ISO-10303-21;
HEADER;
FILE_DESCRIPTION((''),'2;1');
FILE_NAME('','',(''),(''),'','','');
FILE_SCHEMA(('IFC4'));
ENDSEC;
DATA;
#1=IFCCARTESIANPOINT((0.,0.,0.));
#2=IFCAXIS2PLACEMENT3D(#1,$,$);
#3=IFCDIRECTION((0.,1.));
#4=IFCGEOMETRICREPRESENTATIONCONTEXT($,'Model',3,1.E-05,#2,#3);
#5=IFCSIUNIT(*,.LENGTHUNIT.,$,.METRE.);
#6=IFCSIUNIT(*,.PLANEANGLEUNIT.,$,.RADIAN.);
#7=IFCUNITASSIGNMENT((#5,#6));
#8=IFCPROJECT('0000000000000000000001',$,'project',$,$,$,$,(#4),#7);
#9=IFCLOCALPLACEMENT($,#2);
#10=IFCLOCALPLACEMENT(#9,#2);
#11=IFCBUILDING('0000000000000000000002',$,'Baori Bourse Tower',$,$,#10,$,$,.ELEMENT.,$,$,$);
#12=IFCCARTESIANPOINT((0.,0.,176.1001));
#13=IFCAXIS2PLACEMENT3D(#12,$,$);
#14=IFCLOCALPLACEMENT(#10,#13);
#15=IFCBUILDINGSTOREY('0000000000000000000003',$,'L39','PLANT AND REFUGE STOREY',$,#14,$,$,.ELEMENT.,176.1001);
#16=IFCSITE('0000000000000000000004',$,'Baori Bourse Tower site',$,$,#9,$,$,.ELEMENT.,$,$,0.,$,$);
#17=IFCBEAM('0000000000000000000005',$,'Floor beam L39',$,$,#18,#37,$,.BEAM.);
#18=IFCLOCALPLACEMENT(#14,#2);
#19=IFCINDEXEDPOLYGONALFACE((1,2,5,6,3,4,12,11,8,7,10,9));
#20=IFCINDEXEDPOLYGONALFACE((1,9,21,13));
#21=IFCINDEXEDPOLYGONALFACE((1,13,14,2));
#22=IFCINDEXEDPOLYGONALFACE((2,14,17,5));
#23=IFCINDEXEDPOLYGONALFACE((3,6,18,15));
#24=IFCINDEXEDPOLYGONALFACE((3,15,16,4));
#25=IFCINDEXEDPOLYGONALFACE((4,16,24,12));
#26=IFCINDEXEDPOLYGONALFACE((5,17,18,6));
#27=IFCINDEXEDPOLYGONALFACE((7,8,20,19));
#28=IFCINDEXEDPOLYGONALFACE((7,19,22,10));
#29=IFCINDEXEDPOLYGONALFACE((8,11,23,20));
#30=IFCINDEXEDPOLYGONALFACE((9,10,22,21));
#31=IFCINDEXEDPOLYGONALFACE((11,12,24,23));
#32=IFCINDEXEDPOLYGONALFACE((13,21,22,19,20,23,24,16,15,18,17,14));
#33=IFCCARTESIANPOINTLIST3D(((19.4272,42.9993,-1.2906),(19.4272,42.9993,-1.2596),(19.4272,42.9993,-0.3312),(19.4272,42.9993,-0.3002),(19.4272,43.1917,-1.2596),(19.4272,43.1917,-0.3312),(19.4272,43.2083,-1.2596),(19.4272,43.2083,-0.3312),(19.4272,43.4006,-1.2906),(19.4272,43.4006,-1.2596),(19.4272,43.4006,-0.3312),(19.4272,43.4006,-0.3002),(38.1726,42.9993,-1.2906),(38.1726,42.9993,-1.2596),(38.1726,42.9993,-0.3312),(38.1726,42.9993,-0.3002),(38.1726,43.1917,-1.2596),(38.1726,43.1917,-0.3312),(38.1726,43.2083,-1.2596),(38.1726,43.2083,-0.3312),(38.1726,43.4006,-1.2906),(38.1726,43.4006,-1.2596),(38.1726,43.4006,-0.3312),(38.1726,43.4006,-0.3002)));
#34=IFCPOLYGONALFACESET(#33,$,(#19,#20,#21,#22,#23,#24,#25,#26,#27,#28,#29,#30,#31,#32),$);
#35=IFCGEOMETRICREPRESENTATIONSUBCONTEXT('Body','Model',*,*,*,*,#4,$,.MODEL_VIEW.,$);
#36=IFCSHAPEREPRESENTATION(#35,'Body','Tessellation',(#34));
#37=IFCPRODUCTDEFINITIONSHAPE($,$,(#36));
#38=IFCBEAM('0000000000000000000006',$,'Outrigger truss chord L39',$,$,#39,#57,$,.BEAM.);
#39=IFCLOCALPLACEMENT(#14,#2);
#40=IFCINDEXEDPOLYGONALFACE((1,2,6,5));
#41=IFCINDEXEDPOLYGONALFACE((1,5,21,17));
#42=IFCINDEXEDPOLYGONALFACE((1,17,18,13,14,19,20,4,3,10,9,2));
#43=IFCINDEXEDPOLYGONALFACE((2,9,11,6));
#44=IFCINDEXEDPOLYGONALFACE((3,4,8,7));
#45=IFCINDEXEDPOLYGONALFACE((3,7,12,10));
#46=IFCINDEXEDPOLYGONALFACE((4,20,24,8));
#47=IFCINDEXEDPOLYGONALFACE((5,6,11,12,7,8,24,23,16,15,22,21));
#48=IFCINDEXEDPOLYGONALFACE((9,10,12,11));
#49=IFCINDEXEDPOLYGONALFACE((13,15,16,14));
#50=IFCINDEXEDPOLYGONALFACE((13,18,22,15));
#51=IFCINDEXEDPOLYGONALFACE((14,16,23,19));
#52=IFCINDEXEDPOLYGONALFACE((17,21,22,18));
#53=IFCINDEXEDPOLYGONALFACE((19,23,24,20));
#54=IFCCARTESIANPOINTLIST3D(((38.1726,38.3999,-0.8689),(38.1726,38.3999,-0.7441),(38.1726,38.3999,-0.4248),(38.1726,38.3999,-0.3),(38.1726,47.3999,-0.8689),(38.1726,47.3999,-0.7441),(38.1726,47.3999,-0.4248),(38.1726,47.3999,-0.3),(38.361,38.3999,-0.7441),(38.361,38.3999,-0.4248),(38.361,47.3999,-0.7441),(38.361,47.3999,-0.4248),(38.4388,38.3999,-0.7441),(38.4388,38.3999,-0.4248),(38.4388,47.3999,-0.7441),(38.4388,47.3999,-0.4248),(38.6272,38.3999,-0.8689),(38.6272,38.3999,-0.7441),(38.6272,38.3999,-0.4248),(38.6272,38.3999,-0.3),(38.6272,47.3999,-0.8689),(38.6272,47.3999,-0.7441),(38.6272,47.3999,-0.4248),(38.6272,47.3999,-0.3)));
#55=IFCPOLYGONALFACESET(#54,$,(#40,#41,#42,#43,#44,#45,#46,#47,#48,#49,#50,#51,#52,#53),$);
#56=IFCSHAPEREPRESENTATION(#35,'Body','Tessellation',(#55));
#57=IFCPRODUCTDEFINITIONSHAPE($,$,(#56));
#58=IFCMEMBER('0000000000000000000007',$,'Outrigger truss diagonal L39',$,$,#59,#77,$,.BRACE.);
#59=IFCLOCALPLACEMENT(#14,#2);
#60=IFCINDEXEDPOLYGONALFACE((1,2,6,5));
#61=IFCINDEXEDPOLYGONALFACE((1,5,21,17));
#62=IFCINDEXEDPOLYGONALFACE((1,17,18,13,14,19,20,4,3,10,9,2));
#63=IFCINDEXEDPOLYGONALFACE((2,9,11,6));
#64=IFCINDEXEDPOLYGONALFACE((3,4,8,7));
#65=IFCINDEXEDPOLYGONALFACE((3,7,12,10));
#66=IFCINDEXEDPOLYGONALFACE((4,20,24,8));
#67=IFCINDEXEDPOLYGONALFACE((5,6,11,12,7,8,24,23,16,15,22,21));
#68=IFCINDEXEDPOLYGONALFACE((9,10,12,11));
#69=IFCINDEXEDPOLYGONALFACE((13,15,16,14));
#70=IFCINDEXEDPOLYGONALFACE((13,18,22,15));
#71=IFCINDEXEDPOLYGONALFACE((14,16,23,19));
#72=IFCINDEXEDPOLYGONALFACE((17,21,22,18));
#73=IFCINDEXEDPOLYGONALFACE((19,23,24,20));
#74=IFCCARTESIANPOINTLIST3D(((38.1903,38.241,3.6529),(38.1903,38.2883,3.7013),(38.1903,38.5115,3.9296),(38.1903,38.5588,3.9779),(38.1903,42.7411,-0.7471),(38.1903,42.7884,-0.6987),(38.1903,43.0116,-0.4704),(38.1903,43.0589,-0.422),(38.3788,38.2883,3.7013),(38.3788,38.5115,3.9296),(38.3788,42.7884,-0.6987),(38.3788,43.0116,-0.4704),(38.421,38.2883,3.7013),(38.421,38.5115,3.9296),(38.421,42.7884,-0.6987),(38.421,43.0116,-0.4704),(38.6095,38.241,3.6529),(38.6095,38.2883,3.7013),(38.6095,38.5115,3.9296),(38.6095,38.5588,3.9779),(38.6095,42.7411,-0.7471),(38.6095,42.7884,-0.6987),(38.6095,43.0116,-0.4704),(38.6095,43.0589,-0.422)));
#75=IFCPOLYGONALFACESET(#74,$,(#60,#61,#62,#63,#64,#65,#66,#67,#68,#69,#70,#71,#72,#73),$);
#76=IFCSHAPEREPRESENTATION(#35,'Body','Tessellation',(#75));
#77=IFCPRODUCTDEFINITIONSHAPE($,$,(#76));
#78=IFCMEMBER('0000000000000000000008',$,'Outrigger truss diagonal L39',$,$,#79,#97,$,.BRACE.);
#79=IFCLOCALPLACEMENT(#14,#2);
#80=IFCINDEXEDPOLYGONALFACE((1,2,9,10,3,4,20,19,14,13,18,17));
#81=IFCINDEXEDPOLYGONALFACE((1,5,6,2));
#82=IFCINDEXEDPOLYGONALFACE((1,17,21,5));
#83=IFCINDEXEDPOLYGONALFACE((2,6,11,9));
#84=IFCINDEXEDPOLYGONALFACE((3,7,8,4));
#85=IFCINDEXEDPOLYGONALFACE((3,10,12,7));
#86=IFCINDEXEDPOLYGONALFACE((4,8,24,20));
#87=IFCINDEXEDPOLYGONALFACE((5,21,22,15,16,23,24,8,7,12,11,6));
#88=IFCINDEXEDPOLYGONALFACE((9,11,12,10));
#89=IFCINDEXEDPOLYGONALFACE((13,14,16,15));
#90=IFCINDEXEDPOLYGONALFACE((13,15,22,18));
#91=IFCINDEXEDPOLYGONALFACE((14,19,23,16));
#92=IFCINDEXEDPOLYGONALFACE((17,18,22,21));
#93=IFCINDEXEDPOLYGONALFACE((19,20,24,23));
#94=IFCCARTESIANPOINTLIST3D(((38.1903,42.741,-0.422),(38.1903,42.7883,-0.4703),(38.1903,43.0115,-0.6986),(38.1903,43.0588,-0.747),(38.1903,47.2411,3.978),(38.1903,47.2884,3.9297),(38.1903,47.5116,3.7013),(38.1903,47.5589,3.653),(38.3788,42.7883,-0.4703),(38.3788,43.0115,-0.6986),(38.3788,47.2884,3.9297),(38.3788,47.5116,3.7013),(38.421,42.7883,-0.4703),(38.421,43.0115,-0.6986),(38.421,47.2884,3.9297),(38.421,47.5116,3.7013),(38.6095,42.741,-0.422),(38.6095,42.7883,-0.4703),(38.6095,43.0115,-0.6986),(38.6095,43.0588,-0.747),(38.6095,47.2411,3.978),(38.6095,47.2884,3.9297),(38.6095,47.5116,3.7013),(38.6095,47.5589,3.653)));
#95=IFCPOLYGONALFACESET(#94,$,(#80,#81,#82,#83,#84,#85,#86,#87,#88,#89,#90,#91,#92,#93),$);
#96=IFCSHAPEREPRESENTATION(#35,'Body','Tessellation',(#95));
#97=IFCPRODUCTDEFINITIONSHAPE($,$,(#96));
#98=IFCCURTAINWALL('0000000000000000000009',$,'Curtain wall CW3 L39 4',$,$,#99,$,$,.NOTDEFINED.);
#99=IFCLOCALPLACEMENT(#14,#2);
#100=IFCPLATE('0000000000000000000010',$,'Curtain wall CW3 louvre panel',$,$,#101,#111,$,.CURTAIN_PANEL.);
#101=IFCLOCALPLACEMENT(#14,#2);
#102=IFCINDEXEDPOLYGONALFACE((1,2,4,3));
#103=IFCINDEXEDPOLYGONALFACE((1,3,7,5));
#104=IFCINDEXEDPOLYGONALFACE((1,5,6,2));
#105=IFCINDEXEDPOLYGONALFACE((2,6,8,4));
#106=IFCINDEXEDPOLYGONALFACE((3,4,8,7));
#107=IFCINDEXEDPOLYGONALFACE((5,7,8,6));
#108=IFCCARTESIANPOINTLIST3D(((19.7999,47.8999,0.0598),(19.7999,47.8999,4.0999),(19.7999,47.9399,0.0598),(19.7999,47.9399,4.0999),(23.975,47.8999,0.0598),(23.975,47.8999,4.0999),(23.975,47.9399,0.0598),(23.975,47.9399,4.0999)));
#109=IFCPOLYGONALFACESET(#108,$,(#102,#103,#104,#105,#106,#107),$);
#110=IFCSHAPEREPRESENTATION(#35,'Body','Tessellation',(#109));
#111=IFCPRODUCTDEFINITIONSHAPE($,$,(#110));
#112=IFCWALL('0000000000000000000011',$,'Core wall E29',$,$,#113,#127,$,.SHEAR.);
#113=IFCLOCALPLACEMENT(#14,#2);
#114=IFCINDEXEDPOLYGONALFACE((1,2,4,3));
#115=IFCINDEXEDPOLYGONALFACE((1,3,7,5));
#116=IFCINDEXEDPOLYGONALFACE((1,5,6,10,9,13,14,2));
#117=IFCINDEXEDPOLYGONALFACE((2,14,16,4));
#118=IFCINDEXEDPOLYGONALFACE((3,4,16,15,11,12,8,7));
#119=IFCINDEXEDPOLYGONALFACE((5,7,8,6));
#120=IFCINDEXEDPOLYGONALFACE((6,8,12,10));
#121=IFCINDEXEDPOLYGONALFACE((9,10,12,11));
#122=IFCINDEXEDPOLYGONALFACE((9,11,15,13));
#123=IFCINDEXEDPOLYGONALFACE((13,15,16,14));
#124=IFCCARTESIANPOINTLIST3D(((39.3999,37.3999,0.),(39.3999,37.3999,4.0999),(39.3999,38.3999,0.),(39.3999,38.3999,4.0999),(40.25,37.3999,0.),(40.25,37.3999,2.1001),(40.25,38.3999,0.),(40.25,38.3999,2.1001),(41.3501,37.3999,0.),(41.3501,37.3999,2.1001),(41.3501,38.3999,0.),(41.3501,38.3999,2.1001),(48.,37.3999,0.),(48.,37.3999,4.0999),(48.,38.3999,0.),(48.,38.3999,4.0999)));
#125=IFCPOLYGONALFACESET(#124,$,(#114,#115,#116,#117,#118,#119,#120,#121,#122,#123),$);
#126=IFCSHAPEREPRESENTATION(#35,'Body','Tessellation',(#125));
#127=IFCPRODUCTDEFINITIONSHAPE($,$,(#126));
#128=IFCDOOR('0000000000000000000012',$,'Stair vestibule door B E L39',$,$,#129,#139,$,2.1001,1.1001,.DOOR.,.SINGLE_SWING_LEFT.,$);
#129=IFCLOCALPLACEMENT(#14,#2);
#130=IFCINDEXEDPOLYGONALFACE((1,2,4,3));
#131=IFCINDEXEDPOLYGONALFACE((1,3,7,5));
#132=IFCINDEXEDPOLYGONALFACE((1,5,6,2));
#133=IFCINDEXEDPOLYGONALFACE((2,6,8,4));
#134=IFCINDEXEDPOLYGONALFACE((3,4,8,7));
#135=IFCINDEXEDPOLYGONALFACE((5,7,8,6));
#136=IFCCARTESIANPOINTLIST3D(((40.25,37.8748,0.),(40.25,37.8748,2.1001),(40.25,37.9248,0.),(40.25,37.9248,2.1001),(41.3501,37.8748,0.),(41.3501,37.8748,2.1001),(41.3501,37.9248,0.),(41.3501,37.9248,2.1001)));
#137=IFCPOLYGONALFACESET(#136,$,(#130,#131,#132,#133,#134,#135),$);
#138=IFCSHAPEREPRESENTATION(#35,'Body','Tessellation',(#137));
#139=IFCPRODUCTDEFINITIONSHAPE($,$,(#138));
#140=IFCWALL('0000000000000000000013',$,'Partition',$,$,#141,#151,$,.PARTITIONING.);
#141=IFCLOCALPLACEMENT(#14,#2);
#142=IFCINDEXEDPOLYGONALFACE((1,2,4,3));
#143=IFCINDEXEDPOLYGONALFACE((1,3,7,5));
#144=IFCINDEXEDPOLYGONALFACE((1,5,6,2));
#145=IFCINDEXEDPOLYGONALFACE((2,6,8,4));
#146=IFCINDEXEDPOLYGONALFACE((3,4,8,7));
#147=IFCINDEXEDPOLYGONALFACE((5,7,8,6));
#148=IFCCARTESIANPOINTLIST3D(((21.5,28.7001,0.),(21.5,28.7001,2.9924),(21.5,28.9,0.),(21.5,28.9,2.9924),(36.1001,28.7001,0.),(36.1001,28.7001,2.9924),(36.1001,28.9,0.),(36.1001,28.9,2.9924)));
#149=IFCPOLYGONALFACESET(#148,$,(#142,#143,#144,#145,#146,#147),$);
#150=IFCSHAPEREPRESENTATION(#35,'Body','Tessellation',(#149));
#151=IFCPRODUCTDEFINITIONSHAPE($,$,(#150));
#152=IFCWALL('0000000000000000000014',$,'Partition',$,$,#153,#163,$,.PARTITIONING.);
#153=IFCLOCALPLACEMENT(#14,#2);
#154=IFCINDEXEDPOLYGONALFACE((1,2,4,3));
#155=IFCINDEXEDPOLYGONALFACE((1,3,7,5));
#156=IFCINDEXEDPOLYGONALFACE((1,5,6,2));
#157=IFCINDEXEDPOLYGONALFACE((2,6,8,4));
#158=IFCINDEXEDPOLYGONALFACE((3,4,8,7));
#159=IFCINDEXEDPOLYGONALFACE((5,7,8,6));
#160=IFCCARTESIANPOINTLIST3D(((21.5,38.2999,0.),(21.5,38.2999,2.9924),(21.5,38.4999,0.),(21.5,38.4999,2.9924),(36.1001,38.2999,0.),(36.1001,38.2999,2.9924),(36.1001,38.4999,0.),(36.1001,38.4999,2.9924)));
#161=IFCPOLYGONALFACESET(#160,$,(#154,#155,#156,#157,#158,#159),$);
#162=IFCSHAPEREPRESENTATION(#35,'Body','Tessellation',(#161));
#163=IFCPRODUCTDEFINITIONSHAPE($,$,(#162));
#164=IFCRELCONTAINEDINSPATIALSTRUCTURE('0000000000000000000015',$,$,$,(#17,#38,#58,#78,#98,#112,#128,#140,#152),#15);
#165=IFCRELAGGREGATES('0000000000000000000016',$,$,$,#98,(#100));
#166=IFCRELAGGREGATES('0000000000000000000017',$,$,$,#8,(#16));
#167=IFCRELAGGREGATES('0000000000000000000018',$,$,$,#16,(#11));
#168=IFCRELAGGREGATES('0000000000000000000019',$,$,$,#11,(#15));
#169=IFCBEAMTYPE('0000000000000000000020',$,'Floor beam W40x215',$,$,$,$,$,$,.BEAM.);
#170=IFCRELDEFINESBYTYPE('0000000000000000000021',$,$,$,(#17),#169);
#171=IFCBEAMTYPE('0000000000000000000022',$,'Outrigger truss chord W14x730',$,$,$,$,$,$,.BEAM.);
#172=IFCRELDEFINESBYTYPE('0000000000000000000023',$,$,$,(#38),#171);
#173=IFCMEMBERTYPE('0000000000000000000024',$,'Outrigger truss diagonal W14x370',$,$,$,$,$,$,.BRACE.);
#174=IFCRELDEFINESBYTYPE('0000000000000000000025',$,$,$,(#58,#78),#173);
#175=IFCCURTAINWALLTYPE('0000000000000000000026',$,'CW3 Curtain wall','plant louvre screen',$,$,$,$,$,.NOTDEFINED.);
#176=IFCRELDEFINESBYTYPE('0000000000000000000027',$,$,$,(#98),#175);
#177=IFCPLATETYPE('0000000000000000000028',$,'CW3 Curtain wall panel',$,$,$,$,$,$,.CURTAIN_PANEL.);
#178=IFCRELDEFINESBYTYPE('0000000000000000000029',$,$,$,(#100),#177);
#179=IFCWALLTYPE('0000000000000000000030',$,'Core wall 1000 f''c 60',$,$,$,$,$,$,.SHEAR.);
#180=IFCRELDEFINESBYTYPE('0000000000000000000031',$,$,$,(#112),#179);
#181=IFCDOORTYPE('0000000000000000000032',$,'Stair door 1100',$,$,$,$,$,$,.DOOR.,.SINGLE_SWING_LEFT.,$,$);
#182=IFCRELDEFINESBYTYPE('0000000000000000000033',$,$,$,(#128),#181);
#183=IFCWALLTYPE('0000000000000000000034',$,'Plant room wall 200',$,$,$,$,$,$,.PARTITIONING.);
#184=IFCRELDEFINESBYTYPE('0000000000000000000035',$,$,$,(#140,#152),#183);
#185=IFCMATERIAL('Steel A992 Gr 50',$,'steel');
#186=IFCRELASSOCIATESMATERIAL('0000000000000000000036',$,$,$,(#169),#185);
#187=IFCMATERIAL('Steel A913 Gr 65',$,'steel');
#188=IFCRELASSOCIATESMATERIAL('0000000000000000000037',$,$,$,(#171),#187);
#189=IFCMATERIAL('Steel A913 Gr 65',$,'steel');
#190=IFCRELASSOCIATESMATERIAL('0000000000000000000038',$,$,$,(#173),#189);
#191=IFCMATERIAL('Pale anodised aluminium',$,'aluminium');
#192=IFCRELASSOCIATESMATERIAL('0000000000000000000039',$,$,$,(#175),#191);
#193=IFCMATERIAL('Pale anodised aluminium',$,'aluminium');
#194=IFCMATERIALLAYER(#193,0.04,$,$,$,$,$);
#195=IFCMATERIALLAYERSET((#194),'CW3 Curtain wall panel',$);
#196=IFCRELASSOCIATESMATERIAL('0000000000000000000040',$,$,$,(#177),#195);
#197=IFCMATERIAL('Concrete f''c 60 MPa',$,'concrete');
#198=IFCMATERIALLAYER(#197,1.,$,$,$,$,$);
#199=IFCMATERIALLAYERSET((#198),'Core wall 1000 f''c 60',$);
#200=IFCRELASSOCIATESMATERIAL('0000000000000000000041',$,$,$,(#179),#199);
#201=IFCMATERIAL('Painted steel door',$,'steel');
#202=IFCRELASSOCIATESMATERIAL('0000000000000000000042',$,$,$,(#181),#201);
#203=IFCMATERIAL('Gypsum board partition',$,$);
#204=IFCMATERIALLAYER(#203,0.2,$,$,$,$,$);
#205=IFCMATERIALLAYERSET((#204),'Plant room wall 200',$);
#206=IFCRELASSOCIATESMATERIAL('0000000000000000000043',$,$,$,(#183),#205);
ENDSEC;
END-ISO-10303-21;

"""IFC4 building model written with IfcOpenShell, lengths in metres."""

from ifc_helpers import new_model, si_unit, direction, frame, frame_2d, origin, origin_2d, place, context, subcontext, project, spatial, rectangle, i_section, extrude, material, layer, layer_set, material_profile, profile_set, type_object, element, fill, aggregate, save


model = new_model("IFC4")

# Units and contexts
model_context = context("Model", 3, precision=1e-05, world=origin(), true_north=direction((0.0, 1.0)))
body_context = subcontext(model_context, "Body", "Model", "MODEL_VIEW")
ifc_project = project(units=[si_unit("LENGTHUNIT", "METRE"), si_unit("PLANEANGLEUNIT", "RADIAN")], contexts=[model_context])

# Site, building, storey
site_placement = place(None, origin())
site = spatial("IfcSite", under=ifc_project, at=site_placement, Name="Baori Bourse Tower site", CompositionType="ELEMENT", RefElevation=0.0)
building_placement = place(site_placement, origin())
building = spatial("IfcBuilding", under=site, at=building_placement, Name="Baori Bourse Tower", CompositionType="ELEMENT")
storey_placement = place(building_placement, frame((0.0, 0.0, 176.1001)))
storey = spatial("IfcBuildingStorey", under=building, at=storey_placement, Name="L39", Description="PLANT AND REFUGE STOREY", CompositionType="ELEMENT", Elevation=176.1001)

# Beams
ifc_material_1 = material(Name="Steel A992 Gr 50", Category="steel")
ifc_material_profile_1 = material_profile(ifc_material_1, i_section(OverallWidth=0.4014, OverallDepth=0.9905, WebThickness=0.0166, FlangeThickness=0.031, at=origin_2d()), Name="W40x215")
ifc_profile_set_1 = profile_set([ifc_material_profile_1], Name="Steel A992 Gr 50")
beam_type_1 = type_object("IfcBeamType", Name="Floor beam W40x215", PredefinedType="BEAM", material=ifc_profile_set_1)
beam_1_placement = place(storey_placement, frame((19.4272, 43.2, -0.7954), z_axis=(1.0, 0.0, 0.0), x_axis=(0.0, 1.0, 0.0)))
element("IfcBeam", 1, at=beam_1_placement, inside=storey, type_object=beam_type_1, Name="Floor beam L39", PredefinedType="BEAM", context=body_context, shape_type="SweptSolid", body=[
    extrude(i_section(OverallWidth=0.4014, OverallDepth=0.9905, WebThickness=0.0166, FlangeThickness=0.031, at=origin_2d()), origin(), (0.0, 0.0, 1.0), 18.7454),
])
ifc_material_2 = material(Name="Steel A913 Gr 65", Category="steel")
ifc_material_profile_2 = material_profile(ifc_material_2, i_section(OverallWidth=0.4546, OverallDepth=0.5688, WebThickness=0.0779, FlangeThickness=0.1248, at=origin_2d()), Name="W14x730")
ifc_profile_set_2 = profile_set([ifc_material_profile_2], Name="Steel A913 Gr 65")
beam_type_2 = type_object("IfcBeamType", Name="Outrigger truss chord W14x730", PredefinedType="BEAM", material=ifc_profile_set_2)
beam_2_placement = place(storey_placement, frame((38.3999, 38.3999, -0.5845), z_axis=(0.0, 1.0, 0.0), x_axis=(-1.0, 0.0, 0.0)))
element("IfcBeam", 2, at=beam_2_placement, inside=storey, type_object=beam_type_2, Name="Outrigger truss chord L39", PredefinedType="BEAM", context=body_context, shape_type="SweptSolid", body=[
    extrude(i_section(OverallWidth=0.4546, OverallDepth=0.5688, WebThickness=0.0779, FlangeThickness=0.1248, at=origin_2d()), origin(), (0.0, 0.0, 1.0), 9.0),
])

# Members
ifc_material_3 = material(Name="Steel A913 Gr 65", Category="steel")
ifc_material_profile_3 = material_profile(ifc_material_3, i_section(OverallWidth=0.4192, OverallDepth=0.4546, WebThickness=0.0422, FlangeThickness=0.0676, at=origin_2d()), Name="W14x370")
ifc_profile_set_3 = profile_set([ifc_material_profile_3], Name="Steel A913 Gr 65")
member_type = type_object("IfcMemberType", Name="Outrigger truss diagonal W14x370", PredefinedType="BRACE", material=ifc_profile_set_3)
for number, where, z_axis, x_axis, name in (
    (3, (38.3999, 38.3999, 3.8154), (0.0, 0.715014, -0.69911), (-1.0, 0.0, 0.0), "Outrigger truss diagonal L39"),
    (4, (38.3999, 42.8999, -0.5845), (0.0, 0.715014, 0.69911), (-1.0, 0.0, 0.0), "Outrigger truss diagonal L39"),
):
    element("IfcMember", number, at=place(storey_placement, frame(where, z_axis=z_axis, x_axis=x_axis)), inside=storey, type_object=member_type, Name=name, PredefinedType="BRACE", context=body_context, shape_type="SweptSolid", body=[
        extrude(i_section(OverallWidth=0.4192, OverallDepth=0.4546, WebThickness=0.0422, FlangeThickness=0.0676, at=origin_2d()), origin(), (0.0, 0.0, 1.0), 6.2937),
    ])

# Curtain wall, plate
ifc_material_4 = material(Name="Pale anodised aluminium", Category="aluminium")
curtain_wall_type = type_object("IfcCurtainWallType", Name="CW3 Curtain wall", Description="plant louvre screen", PredefinedType="NOTDEFINED", material=ifc_material_4)
curtain_wall_placement = place(storey_placement, origin())
curtain_wall = element("IfcCurtainWall", 5, at=curtain_wall_placement, inside=storey, type_object=curtain_wall_type, Name="Curtain wall CW3 L39 4", PredefinedType="NOTDEFINED")
ifc_material_5 = material(Name="Pale anodised aluminium", Category="aluminium")
ifc_layer_1 = layer(ifc_material_5, 0.04)
ifc_layer_set_1 = layer_set([ifc_layer_1], Name="CW3 Curtain wall panel")
plate_type = type_object("IfcPlateType", Name="CW3 Curtain wall panel", PredefinedType="CURTAIN_PANEL", material=ifc_layer_set_1)
plate_placement = place(storey_placement, frame((21.8875, 47.9199, 0.0598), z_axis=(0.0, 0.0, 1.0), x_axis=(-1.0, 0.0, 0.0)))
plate = element("IfcPlate", 6, at=plate_placement, type_object=plate_type, Name="Curtain wall CW3 louvre panel", PredefinedType="CURTAIN_PANEL", context=body_context, shape_type="SweptSolid", body=[
    extrude(rectangle(XDim=4.175, YDim=0.04, at=origin_2d()), origin(), (0.0, 0.0, 1.0), 4.04),
])
aggregate(curtain_wall, [plate])

# Wall, opening, door
ifc_material_6 = material(Name="Concrete f'c 60 MPa", Category="concrete")
ifc_layer_2 = layer(ifc_material_6, 1.0)
ifc_layer_set_2 = layer_set([ifc_layer_2], Name="Core wall 1000 f'c 60")
wall_type_1 = type_object("IfcWallType", Name="Core wall 1000 f'c 60", PredefinedType="SHEAR", material=ifc_layer_set_2)
wall_1_placement = place(storey_placement, frame((39.3999, 37.8999, 0.0), z_axis=(0.0, 0.0, 1.0), x_axis=(1.0, 0.0, 0.0)))
wall_1 = element("IfcWall", 7, at=wall_1_placement, inside=storey, type_object=wall_type_1, Name="Core wall E29", PredefinedType="SHEAR", context=body_context, shape_type="SweptSolid", body=[
    extrude(rectangle(XDim=8.6001, YDim=1.0, at=frame_2d((4.3, 0.0))), origin(), (0.0, 0.0, 1.0), 4.0999),
])
opening_1_placement = place(wall_1_placement, frame((0.8501, 0.0, 0.0)))
opening_1 = element("IfcOpeningElement", 8, at=opening_1_placement, cuts=wall_1, PredefinedType="OPENING", context=body_context, shape_type="SweptSolid", body=[
    extrude(rectangle(XDim=1.1001, YDim=2.1001, at=frame_2d((0.55, 1.05))), frame((0.0, 0.51, 0.0), z_axis=(0.0, -1.0, 0.0), x_axis=(1.0, 0.0, 0.0)), (0.0, 0.0, 1.0), 1.02),
])
ifc_material_7 = material(Name="Painted steel door", Category="steel")
door_type_1 = type_object("IfcDoorType", Name="Stair door 1100", OperationType="SINGLE_SWING_LEFT", PredefinedType="DOOR", material=ifc_material_7)
door_1_placement = place(opening_1_placement, origin())
door_1 = element("IfcDoor", 9, at=door_1_placement, inside=storey, type_object=door_type_1, Name="Stair vestibule door B E L39", OperationType="SINGLE_SWING_LEFT", OverallHeight=2.1001, OverallWidth=1.1001, PredefinedType="DOOR", context=body_context, shape_type="SweptSolid", body=[
    extrude(rectangle(XDim=1.1001, YDim=2.1001, at=frame_2d((0.55, 1.05))), frame((0.0, 0.0249, 0.0), z_axis=(0.0, -1.0, 0.0), x_axis=(1.0, 0.0, 0.0)), (0.0, 0.0, 1.0), 0.05),
])
fill(opening_1, door_1)

# Walls
ifc_material_8 = material(Name="Gypsum board partition")
ifc_layer_3 = layer(ifc_material_8, 0.2)
ifc_layer_set_3 = layer_set([ifc_layer_3], Name="Plant room wall 200")
wall_type_2 = type_object("IfcWallType", Name="Plant room wall 200", PredefinedType="PARTITIONING", material=ifc_layer_set_3)
for number, where, z_axis, x_axis, name in (
    (10, (21.5, 28.8, 0.0), (0.0, 0.0, 1.0), (1.0, 0.0, 0.0), "Partition"),
    (11, (21.5, 38.3999, 0.0), (0.0, 0.0, 1.0), (1.0, 0.0, 0.0), "Partition"),
):
    element("IfcWall", number, at=place(storey_placement, frame(where, z_axis=z_axis, x_axis=x_axis)), inside=storey, type_object=wall_type_2, Name=name, PredefinedType="PARTITIONING", context=body_context, shape_type="SweptSolid", body=[
        extrude(rectangle(XDim=14.6001, YDim=0.2, at=frame_2d((7.3, 0.0))), origin(), (0.0, 0.0, 1.0), 2.9924),
    ])

save(model, "model.ifc")
